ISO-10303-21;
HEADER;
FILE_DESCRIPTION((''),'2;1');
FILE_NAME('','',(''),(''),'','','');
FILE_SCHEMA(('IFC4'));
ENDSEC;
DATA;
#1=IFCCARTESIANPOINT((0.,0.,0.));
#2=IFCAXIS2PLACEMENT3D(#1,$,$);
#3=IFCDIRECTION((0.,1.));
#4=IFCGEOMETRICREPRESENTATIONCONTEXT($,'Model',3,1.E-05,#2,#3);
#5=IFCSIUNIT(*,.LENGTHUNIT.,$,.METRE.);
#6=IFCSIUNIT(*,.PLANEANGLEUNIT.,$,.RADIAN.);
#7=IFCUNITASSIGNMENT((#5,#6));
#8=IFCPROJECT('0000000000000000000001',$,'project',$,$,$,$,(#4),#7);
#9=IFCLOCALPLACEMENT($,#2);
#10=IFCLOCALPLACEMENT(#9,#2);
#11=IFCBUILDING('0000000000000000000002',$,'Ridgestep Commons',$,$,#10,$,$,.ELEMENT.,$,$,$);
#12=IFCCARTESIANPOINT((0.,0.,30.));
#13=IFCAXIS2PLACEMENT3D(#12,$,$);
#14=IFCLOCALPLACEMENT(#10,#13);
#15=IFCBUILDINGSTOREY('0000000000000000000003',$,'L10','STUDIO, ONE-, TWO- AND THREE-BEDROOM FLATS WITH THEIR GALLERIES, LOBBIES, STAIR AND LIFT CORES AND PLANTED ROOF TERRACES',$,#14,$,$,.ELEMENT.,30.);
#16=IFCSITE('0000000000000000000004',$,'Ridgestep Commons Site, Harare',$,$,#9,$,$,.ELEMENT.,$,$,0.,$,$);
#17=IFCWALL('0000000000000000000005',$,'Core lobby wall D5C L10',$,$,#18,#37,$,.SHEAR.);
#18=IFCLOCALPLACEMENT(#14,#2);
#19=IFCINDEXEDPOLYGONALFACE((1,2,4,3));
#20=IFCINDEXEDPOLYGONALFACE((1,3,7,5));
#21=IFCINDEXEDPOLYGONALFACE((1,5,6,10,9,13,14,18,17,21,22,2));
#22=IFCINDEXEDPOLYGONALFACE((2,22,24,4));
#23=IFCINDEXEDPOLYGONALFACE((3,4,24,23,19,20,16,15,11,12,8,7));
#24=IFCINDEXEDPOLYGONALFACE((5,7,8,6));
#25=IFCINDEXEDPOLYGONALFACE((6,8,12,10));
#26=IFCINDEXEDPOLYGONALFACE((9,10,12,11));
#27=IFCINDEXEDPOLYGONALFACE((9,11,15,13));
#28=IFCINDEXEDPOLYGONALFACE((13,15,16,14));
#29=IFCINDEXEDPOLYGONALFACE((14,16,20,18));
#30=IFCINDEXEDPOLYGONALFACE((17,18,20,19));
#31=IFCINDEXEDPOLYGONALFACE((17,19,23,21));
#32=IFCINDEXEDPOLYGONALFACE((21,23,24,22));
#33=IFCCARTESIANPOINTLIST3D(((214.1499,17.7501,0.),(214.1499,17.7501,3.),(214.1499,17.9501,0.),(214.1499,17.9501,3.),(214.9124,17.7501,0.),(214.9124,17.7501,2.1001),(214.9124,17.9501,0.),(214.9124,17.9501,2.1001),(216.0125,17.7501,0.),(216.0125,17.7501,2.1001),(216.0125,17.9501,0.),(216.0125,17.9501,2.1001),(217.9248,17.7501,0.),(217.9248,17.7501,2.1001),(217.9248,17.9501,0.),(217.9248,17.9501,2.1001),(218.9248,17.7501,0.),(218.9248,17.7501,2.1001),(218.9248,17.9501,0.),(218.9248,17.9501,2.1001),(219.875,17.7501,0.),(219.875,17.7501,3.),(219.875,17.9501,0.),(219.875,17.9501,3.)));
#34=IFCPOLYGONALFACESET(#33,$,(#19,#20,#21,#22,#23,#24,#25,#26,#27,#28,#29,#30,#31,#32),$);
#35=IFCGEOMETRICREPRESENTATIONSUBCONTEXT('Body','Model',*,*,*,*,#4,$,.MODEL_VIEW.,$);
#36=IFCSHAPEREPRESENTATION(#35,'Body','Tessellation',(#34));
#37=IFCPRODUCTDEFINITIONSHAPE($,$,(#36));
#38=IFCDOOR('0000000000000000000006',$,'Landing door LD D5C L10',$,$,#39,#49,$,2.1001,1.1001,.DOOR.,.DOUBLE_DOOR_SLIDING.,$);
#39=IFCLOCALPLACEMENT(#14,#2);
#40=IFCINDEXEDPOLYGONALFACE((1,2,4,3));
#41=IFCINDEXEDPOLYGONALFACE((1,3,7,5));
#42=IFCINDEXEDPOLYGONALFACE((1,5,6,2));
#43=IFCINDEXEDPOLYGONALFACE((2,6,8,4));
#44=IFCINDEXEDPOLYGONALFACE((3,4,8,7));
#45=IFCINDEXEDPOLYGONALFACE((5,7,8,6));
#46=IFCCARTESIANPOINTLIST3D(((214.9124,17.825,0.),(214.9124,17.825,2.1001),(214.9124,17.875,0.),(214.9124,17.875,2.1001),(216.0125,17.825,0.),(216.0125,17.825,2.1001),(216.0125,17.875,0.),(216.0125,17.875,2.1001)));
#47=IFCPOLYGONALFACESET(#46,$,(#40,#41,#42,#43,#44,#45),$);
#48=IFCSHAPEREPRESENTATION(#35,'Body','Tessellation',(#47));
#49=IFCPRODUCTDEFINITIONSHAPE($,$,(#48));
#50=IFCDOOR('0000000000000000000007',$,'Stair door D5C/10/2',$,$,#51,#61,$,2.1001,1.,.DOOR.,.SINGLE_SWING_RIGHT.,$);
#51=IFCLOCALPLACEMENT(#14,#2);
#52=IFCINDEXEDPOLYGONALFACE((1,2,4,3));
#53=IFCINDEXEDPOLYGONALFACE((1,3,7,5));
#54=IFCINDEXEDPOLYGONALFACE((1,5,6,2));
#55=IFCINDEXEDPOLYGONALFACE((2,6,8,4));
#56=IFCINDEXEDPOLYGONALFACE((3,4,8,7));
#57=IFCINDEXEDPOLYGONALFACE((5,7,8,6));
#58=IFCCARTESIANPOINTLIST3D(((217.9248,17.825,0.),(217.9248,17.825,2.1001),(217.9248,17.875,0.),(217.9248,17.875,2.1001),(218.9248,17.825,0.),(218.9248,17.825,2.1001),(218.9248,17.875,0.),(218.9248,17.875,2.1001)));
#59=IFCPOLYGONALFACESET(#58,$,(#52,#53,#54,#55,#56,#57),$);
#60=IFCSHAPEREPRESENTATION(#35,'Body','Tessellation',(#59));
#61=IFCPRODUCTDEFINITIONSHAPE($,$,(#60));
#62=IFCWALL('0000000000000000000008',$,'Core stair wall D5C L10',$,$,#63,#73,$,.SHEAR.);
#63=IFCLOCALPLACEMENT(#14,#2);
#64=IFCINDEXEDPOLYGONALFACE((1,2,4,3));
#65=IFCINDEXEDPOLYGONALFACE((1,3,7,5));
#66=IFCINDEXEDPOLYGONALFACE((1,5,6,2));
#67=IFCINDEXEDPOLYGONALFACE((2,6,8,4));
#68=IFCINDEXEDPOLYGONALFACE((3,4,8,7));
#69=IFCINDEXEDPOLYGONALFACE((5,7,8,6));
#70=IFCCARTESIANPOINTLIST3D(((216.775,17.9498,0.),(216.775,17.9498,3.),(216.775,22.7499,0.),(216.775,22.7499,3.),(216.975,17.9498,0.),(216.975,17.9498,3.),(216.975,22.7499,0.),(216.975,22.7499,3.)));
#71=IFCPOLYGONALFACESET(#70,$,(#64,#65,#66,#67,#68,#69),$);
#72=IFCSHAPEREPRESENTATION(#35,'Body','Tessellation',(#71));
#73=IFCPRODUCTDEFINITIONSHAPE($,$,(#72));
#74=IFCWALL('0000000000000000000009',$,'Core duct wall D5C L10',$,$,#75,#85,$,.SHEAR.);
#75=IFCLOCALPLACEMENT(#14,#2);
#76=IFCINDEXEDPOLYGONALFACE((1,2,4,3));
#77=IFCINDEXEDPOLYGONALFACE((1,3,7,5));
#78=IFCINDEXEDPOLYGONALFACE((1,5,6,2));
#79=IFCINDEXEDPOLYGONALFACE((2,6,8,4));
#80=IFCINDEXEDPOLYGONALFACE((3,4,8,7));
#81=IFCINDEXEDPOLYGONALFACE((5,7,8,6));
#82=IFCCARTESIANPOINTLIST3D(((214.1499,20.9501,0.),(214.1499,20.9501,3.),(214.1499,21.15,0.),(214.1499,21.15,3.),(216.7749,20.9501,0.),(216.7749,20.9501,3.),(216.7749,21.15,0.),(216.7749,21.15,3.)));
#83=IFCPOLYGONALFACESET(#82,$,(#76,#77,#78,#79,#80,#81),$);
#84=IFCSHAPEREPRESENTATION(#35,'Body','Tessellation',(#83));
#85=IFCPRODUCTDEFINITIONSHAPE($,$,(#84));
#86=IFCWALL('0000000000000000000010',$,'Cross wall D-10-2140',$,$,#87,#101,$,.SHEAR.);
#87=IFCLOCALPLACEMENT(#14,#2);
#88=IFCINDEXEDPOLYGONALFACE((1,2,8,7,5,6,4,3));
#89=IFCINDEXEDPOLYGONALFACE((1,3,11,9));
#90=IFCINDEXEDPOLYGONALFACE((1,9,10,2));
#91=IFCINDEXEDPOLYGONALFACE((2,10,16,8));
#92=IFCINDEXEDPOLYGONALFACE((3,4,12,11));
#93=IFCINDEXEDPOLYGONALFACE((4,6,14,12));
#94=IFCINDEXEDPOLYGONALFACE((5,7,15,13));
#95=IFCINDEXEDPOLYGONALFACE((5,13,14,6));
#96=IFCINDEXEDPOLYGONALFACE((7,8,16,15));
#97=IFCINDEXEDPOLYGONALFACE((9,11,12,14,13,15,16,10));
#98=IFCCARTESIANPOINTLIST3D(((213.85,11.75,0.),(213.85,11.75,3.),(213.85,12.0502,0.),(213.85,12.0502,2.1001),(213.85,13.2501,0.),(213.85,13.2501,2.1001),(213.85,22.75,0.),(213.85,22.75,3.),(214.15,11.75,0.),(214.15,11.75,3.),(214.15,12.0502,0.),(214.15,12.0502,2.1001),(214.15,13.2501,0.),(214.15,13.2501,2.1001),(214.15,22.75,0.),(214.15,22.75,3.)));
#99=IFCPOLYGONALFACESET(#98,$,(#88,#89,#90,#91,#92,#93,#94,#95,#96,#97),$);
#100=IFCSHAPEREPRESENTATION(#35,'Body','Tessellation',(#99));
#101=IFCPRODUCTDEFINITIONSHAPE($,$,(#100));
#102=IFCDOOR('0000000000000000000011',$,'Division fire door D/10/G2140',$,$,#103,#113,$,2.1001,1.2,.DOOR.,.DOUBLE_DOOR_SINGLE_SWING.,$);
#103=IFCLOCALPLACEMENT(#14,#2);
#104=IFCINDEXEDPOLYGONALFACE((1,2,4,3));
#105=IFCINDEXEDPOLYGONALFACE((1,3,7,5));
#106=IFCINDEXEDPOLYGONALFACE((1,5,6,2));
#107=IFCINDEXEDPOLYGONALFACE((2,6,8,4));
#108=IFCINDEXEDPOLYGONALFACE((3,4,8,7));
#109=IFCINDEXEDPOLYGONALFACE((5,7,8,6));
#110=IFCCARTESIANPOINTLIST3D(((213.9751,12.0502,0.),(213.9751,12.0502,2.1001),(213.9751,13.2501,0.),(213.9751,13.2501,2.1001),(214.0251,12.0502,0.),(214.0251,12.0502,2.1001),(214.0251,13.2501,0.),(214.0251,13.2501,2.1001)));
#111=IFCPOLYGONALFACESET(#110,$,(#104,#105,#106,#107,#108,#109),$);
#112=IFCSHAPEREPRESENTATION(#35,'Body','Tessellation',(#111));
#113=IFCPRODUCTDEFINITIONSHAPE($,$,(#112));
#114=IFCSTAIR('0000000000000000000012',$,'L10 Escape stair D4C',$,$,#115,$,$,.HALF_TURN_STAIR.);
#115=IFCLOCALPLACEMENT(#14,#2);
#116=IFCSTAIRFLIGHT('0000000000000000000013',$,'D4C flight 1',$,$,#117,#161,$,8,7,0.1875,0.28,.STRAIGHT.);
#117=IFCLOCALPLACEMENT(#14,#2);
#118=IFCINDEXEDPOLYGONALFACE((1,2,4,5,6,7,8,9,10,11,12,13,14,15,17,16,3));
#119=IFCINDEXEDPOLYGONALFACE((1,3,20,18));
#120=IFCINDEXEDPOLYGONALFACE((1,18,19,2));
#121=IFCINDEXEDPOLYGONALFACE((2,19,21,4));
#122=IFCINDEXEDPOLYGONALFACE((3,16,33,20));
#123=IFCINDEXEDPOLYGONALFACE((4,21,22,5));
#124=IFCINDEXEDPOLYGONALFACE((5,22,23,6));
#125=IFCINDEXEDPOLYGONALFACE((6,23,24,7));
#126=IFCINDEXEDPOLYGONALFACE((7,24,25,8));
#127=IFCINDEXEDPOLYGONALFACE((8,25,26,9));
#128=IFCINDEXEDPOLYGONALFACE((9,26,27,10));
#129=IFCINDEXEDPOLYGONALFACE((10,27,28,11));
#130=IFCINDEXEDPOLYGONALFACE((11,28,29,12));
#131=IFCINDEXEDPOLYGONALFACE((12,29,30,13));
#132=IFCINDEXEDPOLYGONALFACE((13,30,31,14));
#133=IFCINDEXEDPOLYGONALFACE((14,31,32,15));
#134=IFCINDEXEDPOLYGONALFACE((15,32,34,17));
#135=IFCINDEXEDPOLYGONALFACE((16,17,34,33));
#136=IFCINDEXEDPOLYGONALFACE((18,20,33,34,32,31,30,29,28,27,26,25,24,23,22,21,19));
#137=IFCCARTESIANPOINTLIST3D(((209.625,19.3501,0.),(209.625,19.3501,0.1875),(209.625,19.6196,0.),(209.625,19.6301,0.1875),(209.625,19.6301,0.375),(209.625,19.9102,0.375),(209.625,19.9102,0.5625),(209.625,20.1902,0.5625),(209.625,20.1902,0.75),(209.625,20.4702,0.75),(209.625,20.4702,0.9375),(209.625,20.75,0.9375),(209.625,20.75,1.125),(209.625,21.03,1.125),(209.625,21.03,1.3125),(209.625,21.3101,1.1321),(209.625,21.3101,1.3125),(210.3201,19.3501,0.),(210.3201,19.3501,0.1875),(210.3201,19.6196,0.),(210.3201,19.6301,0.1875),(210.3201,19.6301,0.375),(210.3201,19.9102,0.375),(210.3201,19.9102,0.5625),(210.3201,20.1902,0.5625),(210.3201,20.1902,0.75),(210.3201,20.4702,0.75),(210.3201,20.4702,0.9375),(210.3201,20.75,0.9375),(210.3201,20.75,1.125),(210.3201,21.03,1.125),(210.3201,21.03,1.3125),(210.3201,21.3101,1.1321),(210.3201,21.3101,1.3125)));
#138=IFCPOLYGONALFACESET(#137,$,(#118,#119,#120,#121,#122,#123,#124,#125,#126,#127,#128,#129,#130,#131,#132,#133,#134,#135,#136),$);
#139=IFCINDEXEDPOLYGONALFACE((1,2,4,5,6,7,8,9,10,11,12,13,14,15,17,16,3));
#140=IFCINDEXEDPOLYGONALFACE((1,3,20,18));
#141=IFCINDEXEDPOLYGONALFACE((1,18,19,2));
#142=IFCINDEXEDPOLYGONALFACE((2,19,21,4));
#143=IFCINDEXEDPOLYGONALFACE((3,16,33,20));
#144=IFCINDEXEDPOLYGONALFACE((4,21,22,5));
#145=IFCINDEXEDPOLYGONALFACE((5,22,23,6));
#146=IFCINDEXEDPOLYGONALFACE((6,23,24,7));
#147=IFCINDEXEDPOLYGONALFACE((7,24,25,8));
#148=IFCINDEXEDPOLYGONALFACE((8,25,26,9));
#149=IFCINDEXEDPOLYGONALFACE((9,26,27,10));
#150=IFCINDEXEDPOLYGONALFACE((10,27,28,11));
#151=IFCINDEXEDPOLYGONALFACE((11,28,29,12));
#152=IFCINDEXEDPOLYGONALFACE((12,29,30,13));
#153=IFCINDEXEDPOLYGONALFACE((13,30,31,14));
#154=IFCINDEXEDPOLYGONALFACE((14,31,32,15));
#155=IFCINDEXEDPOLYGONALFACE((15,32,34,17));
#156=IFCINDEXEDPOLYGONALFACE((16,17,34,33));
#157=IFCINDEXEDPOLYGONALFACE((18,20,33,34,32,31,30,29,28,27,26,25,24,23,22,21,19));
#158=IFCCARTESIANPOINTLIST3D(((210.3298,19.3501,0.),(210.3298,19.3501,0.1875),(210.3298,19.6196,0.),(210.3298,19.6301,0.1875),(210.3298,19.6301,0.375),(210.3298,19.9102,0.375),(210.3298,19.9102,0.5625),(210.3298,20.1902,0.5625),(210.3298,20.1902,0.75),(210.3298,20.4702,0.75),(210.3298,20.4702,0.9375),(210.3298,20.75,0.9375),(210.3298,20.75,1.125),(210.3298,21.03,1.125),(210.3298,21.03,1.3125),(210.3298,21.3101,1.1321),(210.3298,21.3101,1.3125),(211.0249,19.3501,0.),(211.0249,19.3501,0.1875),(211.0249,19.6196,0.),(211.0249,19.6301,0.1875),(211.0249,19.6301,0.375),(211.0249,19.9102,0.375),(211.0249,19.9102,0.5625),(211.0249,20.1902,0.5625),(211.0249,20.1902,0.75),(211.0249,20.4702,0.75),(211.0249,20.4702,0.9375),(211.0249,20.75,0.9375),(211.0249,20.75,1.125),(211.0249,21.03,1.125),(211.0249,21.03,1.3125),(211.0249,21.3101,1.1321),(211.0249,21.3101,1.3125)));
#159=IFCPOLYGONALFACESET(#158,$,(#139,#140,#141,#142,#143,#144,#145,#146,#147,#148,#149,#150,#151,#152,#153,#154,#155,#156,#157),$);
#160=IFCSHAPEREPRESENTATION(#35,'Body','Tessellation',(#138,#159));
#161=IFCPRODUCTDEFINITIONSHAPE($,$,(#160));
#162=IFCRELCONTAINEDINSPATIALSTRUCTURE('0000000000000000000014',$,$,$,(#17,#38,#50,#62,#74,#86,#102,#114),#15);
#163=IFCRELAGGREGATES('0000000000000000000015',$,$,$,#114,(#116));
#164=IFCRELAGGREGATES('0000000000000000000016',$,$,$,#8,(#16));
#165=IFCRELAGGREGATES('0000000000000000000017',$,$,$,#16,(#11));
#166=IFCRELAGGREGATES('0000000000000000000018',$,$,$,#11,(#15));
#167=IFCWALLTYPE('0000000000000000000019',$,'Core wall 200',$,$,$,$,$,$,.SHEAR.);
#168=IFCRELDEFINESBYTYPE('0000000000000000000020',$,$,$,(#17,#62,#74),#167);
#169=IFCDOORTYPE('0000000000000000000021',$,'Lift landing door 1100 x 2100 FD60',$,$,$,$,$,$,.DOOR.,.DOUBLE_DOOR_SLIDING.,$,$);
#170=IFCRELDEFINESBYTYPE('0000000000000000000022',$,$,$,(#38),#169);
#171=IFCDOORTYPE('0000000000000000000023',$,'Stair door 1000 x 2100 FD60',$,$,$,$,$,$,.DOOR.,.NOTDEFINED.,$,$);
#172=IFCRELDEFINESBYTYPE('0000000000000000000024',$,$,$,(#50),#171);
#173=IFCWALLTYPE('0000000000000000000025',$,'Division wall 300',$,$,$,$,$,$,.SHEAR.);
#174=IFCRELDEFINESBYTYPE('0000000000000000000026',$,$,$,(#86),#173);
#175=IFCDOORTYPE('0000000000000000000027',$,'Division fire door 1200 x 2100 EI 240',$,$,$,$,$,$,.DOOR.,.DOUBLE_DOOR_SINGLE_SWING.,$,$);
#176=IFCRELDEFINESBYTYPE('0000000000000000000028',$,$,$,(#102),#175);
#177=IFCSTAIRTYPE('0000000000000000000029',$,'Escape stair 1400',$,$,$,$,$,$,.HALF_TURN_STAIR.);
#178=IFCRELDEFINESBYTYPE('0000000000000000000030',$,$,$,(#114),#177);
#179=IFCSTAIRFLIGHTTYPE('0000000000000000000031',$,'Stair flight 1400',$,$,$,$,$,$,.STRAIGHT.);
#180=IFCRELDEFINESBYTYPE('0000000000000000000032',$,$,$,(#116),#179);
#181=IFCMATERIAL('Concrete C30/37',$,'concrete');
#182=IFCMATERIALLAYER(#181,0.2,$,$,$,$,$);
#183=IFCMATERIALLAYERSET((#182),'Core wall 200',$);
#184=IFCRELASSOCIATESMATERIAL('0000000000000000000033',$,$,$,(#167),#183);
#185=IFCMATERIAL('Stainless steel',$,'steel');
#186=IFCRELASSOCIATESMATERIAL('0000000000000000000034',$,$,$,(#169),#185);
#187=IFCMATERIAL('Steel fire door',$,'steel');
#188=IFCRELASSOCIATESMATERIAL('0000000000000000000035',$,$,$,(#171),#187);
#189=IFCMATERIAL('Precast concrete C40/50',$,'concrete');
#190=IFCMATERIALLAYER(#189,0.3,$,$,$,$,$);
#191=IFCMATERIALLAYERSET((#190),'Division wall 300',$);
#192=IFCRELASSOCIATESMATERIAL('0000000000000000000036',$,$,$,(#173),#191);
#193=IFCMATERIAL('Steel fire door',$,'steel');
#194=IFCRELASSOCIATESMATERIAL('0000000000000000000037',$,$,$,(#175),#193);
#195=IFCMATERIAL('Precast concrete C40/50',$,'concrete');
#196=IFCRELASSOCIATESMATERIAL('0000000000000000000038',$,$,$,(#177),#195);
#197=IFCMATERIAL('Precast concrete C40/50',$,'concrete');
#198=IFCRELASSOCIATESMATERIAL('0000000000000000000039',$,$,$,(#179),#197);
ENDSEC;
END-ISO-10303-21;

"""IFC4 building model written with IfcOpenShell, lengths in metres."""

from ifc_helpers import new_model, si_unit, direction, frame, frame_2d, origin, place, context, subcontext, project, spatial, polyline, rectangle, outline, extrude, material, layer, layer_set, type_object, element, fill, aggregate, save


model = new_model("IFC4")

# Units and contexts
model_context = context("Model", 3, precision=1e-05, world=origin(), true_north=direction((0.0, 1.0)))
body_context = subcontext(model_context, "Body", "Model", "MODEL_VIEW")
ifc_project = project(units=[si_unit("LENGTHUNIT", "METRE"), si_unit("PLANEANGLEUNIT", "RADIAN")], contexts=[model_context])

# Site, building, storey
site_placement = place(None, origin())
site = spatial("IfcSite", under=ifc_project, at=site_placement, Name="Ridgestep Commons Site, Harare", CompositionType="ELEMENT", RefElevation=0.0)
building_placement = place(site_placement, origin())
building = spatial("IfcBuilding", under=site, at=building_placement, Name="Ridgestep Commons", CompositionType="ELEMENT")
storey_placement = place(building_placement, frame((0.0, 0.0, 30.0)))
storey = spatial("IfcBuildingStorey", under=building, at=storey_placement, Name="L10", Description="STUDIO, ONE-, TWO- AND THREE-BEDROOM FLATS WITH THEIR GALLERIES, LOBBIES, STAIR AND LIFT CORES AND PLANTED ROOF TERRACES", CompositionType="ELEMENT", Elevation=30.0)

# Shared definitions
ifc_material_1 = material(Name="Concrete C30/37", Category="concrete")
ifc_layer_1 = layer(ifc_material_1, 0.2)
ifc_layer_set_1 = layer_set([ifc_layer_1], Name="Core wall 200")
wall_type_1 = type_object("IfcWallType", Name="Core wall 200", PredefinedType="SHEAR", material=ifc_layer_set_1)

# Wall, openings, doors
wall_1_placement = place(storey_placement, frame((214.1499, 17.8501, 0.0), z_axis=(0.0, 0.0, 1.0), x_axis=(1.0, 0.0, 0.0)))
wall_1 = element("IfcWall", 1, at=wall_1_placement, inside=storey, type_object=wall_type_1, Name="Core lobby wall D5C L10", PredefinedType="SHEAR", context=body_context, shape_type="SweptSolid", body=[
    extrude(rectangle(XDim=5.7251, YDim=0.2, at=frame_2d((2.8625, 0.0))), origin(), (0.0, 0.0, 1.0), 3.0),
])
opening_1_placement = place(wall_1_placement, frame((3.7749, 0.0, 0.0)))
opening_1 = element("IfcOpeningElement", 2, at=opening_1_placement, cuts=wall_1, PredefinedType="OPENING", context=body_context, shape_type="SweptSolid", body=[
    extrude(rectangle(XDim=1.0, YDim=2.1001, at=frame_2d((0.5, 1.05))), frame((0.0, 0.1099, 0.0), z_axis=(0.0, -1.0, 0.0), x_axis=(1.0, 0.0, 0.0)), (0.0, 0.0, 1.0), 0.22),
])
opening_2_placement = place(wall_1_placement, frame((0.7625, 0.0, 0.0)))
opening_2 = element("IfcOpeningElement", 3, at=opening_2_placement, cuts=wall_1, PredefinedType="OPENING", context=body_context, shape_type="SweptSolid", body=[
    extrude(rectangle(XDim=1.1001, YDim=2.1001, at=frame_2d((0.55, 1.05))), frame((0.0, 0.1099, 0.0), z_axis=(0.0, -1.0, 0.0), x_axis=(1.0, 0.0, 0.0)), (0.0, 0.0, 1.0), 0.22),
])
ifc_material_2 = material(Name="Stainless steel", Category="steel")
door_type_1 = type_object("IfcDoorType", Name="Lift landing door 1100 x 2100 FD60", OperationType="DOUBLE_DOOR_SLIDING", PredefinedType="DOOR", material=ifc_material_2)
door_1_placement = place(opening_2_placement, origin())
door_1 = element("IfcDoor", 4, at=door_1_placement, inside=storey, type_object=door_type_1, Name="Landing door LD D5C L10", OperationType="DOUBLE_DOOR_SLIDING", OverallHeight=2.1001, OverallWidth=1.1001, PredefinedType="DOOR", context=body_context, shape_type="SweptSolid", body=[
    extrude(rectangle(XDim=1.1001, YDim=2.1001, at=frame_2d((0.55, 1.05))), frame((0.0, 0.0249, 0.0), z_axis=(0.0, -1.0, 0.0), x_axis=(1.0, 0.0, 0.0)), (0.0, 0.0, 1.0), 0.05),
])
fill(opening_2, door_1)
ifc_material_3 = material(Name="Steel fire door", Category="steel")
door_type_2 = type_object("IfcDoorType", Name="Stair door 1000 x 2100 FD60", OperationType="NOTDEFINED", PredefinedType="DOOR", material=ifc_material_3)
door_2_placement = place(opening_1_placement, origin())
door_2 = element("IfcDoor", 5, at=door_2_placement, inside=storey, type_object=door_type_2, Name="Stair door D5C/10/2", OperationType="SINGLE_SWING_RIGHT", OverallHeight=2.1001, OverallWidth=1.0, PredefinedType="DOOR", context=body_context, shape_type="SweptSolid", body=[
    extrude(rectangle(XDim=1.0, YDim=2.1001, at=frame_2d((0.5, 1.05))), frame((0.0, 0.0249, 0.0), z_axis=(0.0, -1.0, 0.0), x_axis=(1.0, 0.0, 0.0)), (0.0, 0.0, 1.0), 0.05),
])
fill(opening_1, door_2)

# Walls
wall_2_placement = place(storey_placement, frame((216.875, 17.95, 0.0), z_axis=(0.0, 0.0, 1.0), x_axis=(0.0, 1.0, 0.0)))
element("IfcWall", 6, at=wall_2_placement, inside=storey, type_object=wall_type_1, Name="Core stair wall D5C L10", PredefinedType="SHEAR", context=body_context, shape_type="SweptSolid", body=[
    extrude(rectangle(XDim=4.8, YDim=0.2, at=frame_2d((2.3999, 0.0))), origin(), (0.0, 0.0, 1.0), 3.0),
])
wall_3_placement = place(storey_placement, frame((214.1499, 21.05, 0.0), z_axis=(0.0, 0.0, 1.0), x_axis=(1.0, 0.0, 0.0)))
element("IfcWall", 7, at=wall_3_placement, inside=storey, type_object=wall_type_1, Name="Core duct wall D5C L10", PredefinedType="SHEAR", context=body_context, shape_type="SweptSolid", body=[
    extrude(rectangle(XDim=2.625, YDim=0.2, at=frame_2d((1.3125, 0.0))), origin(), (0.0, 0.0, 1.0), 3.0),
])

# Wall, opening, door
ifc_material_4 = material(Name="Precast concrete C40/50", Category="concrete")
ifc_layer_2 = layer(ifc_material_4, 0.3)
ifc_layer_set_2 = layer_set([ifc_layer_2], Name="Division wall 300")
wall_type_2 = type_object("IfcWallType", Name="Division wall 300", PredefinedType="SHEAR", material=ifc_layer_set_2)
wall_4_placement = place(storey_placement, frame((214.0, 11.75, 0.0), z_axis=(0.0, 0.0, 1.0), x_axis=(0.0, 1.0, 0.0)))
wall_4 = element("IfcWall", 8, at=wall_4_placement, inside=storey, type_object=wall_type_2, Name="Cross wall D-10-2140", PredefinedType="SHEAR", context=body_context, shape_type="SweptSolid", body=[
    extrude(rectangle(XDim=11.0, YDim=0.3, at=frame_2d((5.5, 0.0))), origin(), (0.0, 0.0, 1.0), 3.0),
])
opening_3_placement = place(wall_4_placement, frame((0.3, 0.0, 0.0)))
opening_3 = element("IfcOpeningElement", 9, at=opening_3_placement, cuts=wall_4, PredefinedType="OPENING", context=body_context, shape_type="SweptSolid", body=[
    extrude(rectangle(XDim=1.2, YDim=2.1001, at=frame_2d((0.6001, 1.05))), frame((0.0, 0.1599, 0.0), z_axis=(0.0, -1.0, 0.0), x_axis=(1.0, 0.0, 0.0)), (0.0, 0.0, 1.0), 0.3201),
])
ifc_material_5 = material(Name="Steel fire door", Category="steel")
door_type_3 = type_object("IfcDoorType", Name="Division fire door 1200 x 2100 EI 240", OperationType="DOUBLE_DOOR_SINGLE_SWING", PredefinedType="DOOR", material=ifc_material_5)
door_3_placement = place(opening_3_placement, origin())
door_3 = element("IfcDoor", 10, at=door_3_placement, inside=storey, type_object=door_type_3, Name="Division fire door D/10/G2140", OperationType="DOUBLE_DOOR_SINGLE_SWING", OverallHeight=2.1001, OverallWidth=1.2, PredefinedType="DOOR", context=body_context, shape_type="SweptSolid", body=[
    extrude(rectangle(XDim=1.2, YDim=2.1001, at=frame_2d((0.6001, 1.05))), frame((0.0, 0.0249, 0.0), z_axis=(0.0, -1.0, 0.0), x_axis=(1.0, 0.0, 0.0)), (0.0, 0.0, 1.0), 0.05),
])
fill(opening_3, door_3)

# Stair, stair flight
ifc_material_6 = material(Name="Precast concrete C40/50", Category="concrete")
stair_type = type_object("IfcStairType", Name="Escape stair 1400", PredefinedType="HALF_TURN_STAIR", material=ifc_material_6)
stair_1_placement = place(storey_placement, origin())
stair_1 = element("IfcStair", 11, at=stair_1_placement, inside=storey, type_object=stair_type, Name="L10 Escape stair D4C", PredefinedType="HALF_TURN_STAIR")
ifc_material_7 = material(Name="Precast concrete C40/50", Category="concrete")
stair_flight_type = type_object("IfcStairFlightType", Name="Stair flight 1400", PredefinedType="STRAIGHT", material=ifc_material_7)
stair_flight_1_placement = place(storey_placement, frame((210.325, 19.3501, 0.0), z_axis=(0.0, 0.0, 1.0), x_axis=(0.0, 1.0, 0.0)))
stair_flight_1 = element("IfcStairFlight", 12, at=stair_flight_1_placement, type_object=stair_flight_type, Name="D4C flight 1", NumberOfRisers=8, NumberOfTreads=7, PredefinedType="STRAIGHT", RiserHeight=0.1875, TreadLength=0.28, context=body_context, shape_type="SweptSolid", body=[
    extrude(outline(polyline([(0.0, 0.0), (0.0, 0.1875), (0.28, 0.1875), (0.28, 0.375), (0.5601, 0.375), (0.5601, 0.5625), (0.8401, 0.5625), (0.8401, 0.75), (1.1201, 0.75), (1.1201, 0.9375), (1.3999, 0.9375), (1.3999, 1.125), (1.6799, 1.125), (1.6799, 1.3125), (1.96, 1.3125), (1.96, 1.5), (1.96, 1.1321), (0.2695, 0.0), (0.0, 0.0)])), frame((0.0, 0.7, 0.0), z_axis=(0.0, -1.0, 0.0), x_axis=(1.0, 0.0, 0.0)), (0.0, 0.0, 1.0), 0.6951),
    extrude(outline(polyline([(0.0, 0.0), (0.0, 0.1875), (0.28, 0.1875), (0.28, 0.375), (0.5601, 0.375), (0.5601, 0.5625), (0.8401, 0.5625), (0.8401, 0.75), (1.1201, 0.75), (1.1201, 0.9375), (1.3999, 0.9375), (1.3999, 1.125), (1.6799, 1.125), (1.6799, 1.3125), (1.96, 1.3125), (1.96, 1.5), (1.96, 1.1321), (0.2695, 0.0), (0.0, 0.0)])), frame((0.0, -0.0049, 0.0), z_axis=(0.0, -1.0, 0.0), x_axis=(1.0, 0.0, 0.0)), (0.0, 0.0, 1.0), 0.6951),
])
aggregate(stair_1, [stair_flight_1])

save(model, "model.ifc")
